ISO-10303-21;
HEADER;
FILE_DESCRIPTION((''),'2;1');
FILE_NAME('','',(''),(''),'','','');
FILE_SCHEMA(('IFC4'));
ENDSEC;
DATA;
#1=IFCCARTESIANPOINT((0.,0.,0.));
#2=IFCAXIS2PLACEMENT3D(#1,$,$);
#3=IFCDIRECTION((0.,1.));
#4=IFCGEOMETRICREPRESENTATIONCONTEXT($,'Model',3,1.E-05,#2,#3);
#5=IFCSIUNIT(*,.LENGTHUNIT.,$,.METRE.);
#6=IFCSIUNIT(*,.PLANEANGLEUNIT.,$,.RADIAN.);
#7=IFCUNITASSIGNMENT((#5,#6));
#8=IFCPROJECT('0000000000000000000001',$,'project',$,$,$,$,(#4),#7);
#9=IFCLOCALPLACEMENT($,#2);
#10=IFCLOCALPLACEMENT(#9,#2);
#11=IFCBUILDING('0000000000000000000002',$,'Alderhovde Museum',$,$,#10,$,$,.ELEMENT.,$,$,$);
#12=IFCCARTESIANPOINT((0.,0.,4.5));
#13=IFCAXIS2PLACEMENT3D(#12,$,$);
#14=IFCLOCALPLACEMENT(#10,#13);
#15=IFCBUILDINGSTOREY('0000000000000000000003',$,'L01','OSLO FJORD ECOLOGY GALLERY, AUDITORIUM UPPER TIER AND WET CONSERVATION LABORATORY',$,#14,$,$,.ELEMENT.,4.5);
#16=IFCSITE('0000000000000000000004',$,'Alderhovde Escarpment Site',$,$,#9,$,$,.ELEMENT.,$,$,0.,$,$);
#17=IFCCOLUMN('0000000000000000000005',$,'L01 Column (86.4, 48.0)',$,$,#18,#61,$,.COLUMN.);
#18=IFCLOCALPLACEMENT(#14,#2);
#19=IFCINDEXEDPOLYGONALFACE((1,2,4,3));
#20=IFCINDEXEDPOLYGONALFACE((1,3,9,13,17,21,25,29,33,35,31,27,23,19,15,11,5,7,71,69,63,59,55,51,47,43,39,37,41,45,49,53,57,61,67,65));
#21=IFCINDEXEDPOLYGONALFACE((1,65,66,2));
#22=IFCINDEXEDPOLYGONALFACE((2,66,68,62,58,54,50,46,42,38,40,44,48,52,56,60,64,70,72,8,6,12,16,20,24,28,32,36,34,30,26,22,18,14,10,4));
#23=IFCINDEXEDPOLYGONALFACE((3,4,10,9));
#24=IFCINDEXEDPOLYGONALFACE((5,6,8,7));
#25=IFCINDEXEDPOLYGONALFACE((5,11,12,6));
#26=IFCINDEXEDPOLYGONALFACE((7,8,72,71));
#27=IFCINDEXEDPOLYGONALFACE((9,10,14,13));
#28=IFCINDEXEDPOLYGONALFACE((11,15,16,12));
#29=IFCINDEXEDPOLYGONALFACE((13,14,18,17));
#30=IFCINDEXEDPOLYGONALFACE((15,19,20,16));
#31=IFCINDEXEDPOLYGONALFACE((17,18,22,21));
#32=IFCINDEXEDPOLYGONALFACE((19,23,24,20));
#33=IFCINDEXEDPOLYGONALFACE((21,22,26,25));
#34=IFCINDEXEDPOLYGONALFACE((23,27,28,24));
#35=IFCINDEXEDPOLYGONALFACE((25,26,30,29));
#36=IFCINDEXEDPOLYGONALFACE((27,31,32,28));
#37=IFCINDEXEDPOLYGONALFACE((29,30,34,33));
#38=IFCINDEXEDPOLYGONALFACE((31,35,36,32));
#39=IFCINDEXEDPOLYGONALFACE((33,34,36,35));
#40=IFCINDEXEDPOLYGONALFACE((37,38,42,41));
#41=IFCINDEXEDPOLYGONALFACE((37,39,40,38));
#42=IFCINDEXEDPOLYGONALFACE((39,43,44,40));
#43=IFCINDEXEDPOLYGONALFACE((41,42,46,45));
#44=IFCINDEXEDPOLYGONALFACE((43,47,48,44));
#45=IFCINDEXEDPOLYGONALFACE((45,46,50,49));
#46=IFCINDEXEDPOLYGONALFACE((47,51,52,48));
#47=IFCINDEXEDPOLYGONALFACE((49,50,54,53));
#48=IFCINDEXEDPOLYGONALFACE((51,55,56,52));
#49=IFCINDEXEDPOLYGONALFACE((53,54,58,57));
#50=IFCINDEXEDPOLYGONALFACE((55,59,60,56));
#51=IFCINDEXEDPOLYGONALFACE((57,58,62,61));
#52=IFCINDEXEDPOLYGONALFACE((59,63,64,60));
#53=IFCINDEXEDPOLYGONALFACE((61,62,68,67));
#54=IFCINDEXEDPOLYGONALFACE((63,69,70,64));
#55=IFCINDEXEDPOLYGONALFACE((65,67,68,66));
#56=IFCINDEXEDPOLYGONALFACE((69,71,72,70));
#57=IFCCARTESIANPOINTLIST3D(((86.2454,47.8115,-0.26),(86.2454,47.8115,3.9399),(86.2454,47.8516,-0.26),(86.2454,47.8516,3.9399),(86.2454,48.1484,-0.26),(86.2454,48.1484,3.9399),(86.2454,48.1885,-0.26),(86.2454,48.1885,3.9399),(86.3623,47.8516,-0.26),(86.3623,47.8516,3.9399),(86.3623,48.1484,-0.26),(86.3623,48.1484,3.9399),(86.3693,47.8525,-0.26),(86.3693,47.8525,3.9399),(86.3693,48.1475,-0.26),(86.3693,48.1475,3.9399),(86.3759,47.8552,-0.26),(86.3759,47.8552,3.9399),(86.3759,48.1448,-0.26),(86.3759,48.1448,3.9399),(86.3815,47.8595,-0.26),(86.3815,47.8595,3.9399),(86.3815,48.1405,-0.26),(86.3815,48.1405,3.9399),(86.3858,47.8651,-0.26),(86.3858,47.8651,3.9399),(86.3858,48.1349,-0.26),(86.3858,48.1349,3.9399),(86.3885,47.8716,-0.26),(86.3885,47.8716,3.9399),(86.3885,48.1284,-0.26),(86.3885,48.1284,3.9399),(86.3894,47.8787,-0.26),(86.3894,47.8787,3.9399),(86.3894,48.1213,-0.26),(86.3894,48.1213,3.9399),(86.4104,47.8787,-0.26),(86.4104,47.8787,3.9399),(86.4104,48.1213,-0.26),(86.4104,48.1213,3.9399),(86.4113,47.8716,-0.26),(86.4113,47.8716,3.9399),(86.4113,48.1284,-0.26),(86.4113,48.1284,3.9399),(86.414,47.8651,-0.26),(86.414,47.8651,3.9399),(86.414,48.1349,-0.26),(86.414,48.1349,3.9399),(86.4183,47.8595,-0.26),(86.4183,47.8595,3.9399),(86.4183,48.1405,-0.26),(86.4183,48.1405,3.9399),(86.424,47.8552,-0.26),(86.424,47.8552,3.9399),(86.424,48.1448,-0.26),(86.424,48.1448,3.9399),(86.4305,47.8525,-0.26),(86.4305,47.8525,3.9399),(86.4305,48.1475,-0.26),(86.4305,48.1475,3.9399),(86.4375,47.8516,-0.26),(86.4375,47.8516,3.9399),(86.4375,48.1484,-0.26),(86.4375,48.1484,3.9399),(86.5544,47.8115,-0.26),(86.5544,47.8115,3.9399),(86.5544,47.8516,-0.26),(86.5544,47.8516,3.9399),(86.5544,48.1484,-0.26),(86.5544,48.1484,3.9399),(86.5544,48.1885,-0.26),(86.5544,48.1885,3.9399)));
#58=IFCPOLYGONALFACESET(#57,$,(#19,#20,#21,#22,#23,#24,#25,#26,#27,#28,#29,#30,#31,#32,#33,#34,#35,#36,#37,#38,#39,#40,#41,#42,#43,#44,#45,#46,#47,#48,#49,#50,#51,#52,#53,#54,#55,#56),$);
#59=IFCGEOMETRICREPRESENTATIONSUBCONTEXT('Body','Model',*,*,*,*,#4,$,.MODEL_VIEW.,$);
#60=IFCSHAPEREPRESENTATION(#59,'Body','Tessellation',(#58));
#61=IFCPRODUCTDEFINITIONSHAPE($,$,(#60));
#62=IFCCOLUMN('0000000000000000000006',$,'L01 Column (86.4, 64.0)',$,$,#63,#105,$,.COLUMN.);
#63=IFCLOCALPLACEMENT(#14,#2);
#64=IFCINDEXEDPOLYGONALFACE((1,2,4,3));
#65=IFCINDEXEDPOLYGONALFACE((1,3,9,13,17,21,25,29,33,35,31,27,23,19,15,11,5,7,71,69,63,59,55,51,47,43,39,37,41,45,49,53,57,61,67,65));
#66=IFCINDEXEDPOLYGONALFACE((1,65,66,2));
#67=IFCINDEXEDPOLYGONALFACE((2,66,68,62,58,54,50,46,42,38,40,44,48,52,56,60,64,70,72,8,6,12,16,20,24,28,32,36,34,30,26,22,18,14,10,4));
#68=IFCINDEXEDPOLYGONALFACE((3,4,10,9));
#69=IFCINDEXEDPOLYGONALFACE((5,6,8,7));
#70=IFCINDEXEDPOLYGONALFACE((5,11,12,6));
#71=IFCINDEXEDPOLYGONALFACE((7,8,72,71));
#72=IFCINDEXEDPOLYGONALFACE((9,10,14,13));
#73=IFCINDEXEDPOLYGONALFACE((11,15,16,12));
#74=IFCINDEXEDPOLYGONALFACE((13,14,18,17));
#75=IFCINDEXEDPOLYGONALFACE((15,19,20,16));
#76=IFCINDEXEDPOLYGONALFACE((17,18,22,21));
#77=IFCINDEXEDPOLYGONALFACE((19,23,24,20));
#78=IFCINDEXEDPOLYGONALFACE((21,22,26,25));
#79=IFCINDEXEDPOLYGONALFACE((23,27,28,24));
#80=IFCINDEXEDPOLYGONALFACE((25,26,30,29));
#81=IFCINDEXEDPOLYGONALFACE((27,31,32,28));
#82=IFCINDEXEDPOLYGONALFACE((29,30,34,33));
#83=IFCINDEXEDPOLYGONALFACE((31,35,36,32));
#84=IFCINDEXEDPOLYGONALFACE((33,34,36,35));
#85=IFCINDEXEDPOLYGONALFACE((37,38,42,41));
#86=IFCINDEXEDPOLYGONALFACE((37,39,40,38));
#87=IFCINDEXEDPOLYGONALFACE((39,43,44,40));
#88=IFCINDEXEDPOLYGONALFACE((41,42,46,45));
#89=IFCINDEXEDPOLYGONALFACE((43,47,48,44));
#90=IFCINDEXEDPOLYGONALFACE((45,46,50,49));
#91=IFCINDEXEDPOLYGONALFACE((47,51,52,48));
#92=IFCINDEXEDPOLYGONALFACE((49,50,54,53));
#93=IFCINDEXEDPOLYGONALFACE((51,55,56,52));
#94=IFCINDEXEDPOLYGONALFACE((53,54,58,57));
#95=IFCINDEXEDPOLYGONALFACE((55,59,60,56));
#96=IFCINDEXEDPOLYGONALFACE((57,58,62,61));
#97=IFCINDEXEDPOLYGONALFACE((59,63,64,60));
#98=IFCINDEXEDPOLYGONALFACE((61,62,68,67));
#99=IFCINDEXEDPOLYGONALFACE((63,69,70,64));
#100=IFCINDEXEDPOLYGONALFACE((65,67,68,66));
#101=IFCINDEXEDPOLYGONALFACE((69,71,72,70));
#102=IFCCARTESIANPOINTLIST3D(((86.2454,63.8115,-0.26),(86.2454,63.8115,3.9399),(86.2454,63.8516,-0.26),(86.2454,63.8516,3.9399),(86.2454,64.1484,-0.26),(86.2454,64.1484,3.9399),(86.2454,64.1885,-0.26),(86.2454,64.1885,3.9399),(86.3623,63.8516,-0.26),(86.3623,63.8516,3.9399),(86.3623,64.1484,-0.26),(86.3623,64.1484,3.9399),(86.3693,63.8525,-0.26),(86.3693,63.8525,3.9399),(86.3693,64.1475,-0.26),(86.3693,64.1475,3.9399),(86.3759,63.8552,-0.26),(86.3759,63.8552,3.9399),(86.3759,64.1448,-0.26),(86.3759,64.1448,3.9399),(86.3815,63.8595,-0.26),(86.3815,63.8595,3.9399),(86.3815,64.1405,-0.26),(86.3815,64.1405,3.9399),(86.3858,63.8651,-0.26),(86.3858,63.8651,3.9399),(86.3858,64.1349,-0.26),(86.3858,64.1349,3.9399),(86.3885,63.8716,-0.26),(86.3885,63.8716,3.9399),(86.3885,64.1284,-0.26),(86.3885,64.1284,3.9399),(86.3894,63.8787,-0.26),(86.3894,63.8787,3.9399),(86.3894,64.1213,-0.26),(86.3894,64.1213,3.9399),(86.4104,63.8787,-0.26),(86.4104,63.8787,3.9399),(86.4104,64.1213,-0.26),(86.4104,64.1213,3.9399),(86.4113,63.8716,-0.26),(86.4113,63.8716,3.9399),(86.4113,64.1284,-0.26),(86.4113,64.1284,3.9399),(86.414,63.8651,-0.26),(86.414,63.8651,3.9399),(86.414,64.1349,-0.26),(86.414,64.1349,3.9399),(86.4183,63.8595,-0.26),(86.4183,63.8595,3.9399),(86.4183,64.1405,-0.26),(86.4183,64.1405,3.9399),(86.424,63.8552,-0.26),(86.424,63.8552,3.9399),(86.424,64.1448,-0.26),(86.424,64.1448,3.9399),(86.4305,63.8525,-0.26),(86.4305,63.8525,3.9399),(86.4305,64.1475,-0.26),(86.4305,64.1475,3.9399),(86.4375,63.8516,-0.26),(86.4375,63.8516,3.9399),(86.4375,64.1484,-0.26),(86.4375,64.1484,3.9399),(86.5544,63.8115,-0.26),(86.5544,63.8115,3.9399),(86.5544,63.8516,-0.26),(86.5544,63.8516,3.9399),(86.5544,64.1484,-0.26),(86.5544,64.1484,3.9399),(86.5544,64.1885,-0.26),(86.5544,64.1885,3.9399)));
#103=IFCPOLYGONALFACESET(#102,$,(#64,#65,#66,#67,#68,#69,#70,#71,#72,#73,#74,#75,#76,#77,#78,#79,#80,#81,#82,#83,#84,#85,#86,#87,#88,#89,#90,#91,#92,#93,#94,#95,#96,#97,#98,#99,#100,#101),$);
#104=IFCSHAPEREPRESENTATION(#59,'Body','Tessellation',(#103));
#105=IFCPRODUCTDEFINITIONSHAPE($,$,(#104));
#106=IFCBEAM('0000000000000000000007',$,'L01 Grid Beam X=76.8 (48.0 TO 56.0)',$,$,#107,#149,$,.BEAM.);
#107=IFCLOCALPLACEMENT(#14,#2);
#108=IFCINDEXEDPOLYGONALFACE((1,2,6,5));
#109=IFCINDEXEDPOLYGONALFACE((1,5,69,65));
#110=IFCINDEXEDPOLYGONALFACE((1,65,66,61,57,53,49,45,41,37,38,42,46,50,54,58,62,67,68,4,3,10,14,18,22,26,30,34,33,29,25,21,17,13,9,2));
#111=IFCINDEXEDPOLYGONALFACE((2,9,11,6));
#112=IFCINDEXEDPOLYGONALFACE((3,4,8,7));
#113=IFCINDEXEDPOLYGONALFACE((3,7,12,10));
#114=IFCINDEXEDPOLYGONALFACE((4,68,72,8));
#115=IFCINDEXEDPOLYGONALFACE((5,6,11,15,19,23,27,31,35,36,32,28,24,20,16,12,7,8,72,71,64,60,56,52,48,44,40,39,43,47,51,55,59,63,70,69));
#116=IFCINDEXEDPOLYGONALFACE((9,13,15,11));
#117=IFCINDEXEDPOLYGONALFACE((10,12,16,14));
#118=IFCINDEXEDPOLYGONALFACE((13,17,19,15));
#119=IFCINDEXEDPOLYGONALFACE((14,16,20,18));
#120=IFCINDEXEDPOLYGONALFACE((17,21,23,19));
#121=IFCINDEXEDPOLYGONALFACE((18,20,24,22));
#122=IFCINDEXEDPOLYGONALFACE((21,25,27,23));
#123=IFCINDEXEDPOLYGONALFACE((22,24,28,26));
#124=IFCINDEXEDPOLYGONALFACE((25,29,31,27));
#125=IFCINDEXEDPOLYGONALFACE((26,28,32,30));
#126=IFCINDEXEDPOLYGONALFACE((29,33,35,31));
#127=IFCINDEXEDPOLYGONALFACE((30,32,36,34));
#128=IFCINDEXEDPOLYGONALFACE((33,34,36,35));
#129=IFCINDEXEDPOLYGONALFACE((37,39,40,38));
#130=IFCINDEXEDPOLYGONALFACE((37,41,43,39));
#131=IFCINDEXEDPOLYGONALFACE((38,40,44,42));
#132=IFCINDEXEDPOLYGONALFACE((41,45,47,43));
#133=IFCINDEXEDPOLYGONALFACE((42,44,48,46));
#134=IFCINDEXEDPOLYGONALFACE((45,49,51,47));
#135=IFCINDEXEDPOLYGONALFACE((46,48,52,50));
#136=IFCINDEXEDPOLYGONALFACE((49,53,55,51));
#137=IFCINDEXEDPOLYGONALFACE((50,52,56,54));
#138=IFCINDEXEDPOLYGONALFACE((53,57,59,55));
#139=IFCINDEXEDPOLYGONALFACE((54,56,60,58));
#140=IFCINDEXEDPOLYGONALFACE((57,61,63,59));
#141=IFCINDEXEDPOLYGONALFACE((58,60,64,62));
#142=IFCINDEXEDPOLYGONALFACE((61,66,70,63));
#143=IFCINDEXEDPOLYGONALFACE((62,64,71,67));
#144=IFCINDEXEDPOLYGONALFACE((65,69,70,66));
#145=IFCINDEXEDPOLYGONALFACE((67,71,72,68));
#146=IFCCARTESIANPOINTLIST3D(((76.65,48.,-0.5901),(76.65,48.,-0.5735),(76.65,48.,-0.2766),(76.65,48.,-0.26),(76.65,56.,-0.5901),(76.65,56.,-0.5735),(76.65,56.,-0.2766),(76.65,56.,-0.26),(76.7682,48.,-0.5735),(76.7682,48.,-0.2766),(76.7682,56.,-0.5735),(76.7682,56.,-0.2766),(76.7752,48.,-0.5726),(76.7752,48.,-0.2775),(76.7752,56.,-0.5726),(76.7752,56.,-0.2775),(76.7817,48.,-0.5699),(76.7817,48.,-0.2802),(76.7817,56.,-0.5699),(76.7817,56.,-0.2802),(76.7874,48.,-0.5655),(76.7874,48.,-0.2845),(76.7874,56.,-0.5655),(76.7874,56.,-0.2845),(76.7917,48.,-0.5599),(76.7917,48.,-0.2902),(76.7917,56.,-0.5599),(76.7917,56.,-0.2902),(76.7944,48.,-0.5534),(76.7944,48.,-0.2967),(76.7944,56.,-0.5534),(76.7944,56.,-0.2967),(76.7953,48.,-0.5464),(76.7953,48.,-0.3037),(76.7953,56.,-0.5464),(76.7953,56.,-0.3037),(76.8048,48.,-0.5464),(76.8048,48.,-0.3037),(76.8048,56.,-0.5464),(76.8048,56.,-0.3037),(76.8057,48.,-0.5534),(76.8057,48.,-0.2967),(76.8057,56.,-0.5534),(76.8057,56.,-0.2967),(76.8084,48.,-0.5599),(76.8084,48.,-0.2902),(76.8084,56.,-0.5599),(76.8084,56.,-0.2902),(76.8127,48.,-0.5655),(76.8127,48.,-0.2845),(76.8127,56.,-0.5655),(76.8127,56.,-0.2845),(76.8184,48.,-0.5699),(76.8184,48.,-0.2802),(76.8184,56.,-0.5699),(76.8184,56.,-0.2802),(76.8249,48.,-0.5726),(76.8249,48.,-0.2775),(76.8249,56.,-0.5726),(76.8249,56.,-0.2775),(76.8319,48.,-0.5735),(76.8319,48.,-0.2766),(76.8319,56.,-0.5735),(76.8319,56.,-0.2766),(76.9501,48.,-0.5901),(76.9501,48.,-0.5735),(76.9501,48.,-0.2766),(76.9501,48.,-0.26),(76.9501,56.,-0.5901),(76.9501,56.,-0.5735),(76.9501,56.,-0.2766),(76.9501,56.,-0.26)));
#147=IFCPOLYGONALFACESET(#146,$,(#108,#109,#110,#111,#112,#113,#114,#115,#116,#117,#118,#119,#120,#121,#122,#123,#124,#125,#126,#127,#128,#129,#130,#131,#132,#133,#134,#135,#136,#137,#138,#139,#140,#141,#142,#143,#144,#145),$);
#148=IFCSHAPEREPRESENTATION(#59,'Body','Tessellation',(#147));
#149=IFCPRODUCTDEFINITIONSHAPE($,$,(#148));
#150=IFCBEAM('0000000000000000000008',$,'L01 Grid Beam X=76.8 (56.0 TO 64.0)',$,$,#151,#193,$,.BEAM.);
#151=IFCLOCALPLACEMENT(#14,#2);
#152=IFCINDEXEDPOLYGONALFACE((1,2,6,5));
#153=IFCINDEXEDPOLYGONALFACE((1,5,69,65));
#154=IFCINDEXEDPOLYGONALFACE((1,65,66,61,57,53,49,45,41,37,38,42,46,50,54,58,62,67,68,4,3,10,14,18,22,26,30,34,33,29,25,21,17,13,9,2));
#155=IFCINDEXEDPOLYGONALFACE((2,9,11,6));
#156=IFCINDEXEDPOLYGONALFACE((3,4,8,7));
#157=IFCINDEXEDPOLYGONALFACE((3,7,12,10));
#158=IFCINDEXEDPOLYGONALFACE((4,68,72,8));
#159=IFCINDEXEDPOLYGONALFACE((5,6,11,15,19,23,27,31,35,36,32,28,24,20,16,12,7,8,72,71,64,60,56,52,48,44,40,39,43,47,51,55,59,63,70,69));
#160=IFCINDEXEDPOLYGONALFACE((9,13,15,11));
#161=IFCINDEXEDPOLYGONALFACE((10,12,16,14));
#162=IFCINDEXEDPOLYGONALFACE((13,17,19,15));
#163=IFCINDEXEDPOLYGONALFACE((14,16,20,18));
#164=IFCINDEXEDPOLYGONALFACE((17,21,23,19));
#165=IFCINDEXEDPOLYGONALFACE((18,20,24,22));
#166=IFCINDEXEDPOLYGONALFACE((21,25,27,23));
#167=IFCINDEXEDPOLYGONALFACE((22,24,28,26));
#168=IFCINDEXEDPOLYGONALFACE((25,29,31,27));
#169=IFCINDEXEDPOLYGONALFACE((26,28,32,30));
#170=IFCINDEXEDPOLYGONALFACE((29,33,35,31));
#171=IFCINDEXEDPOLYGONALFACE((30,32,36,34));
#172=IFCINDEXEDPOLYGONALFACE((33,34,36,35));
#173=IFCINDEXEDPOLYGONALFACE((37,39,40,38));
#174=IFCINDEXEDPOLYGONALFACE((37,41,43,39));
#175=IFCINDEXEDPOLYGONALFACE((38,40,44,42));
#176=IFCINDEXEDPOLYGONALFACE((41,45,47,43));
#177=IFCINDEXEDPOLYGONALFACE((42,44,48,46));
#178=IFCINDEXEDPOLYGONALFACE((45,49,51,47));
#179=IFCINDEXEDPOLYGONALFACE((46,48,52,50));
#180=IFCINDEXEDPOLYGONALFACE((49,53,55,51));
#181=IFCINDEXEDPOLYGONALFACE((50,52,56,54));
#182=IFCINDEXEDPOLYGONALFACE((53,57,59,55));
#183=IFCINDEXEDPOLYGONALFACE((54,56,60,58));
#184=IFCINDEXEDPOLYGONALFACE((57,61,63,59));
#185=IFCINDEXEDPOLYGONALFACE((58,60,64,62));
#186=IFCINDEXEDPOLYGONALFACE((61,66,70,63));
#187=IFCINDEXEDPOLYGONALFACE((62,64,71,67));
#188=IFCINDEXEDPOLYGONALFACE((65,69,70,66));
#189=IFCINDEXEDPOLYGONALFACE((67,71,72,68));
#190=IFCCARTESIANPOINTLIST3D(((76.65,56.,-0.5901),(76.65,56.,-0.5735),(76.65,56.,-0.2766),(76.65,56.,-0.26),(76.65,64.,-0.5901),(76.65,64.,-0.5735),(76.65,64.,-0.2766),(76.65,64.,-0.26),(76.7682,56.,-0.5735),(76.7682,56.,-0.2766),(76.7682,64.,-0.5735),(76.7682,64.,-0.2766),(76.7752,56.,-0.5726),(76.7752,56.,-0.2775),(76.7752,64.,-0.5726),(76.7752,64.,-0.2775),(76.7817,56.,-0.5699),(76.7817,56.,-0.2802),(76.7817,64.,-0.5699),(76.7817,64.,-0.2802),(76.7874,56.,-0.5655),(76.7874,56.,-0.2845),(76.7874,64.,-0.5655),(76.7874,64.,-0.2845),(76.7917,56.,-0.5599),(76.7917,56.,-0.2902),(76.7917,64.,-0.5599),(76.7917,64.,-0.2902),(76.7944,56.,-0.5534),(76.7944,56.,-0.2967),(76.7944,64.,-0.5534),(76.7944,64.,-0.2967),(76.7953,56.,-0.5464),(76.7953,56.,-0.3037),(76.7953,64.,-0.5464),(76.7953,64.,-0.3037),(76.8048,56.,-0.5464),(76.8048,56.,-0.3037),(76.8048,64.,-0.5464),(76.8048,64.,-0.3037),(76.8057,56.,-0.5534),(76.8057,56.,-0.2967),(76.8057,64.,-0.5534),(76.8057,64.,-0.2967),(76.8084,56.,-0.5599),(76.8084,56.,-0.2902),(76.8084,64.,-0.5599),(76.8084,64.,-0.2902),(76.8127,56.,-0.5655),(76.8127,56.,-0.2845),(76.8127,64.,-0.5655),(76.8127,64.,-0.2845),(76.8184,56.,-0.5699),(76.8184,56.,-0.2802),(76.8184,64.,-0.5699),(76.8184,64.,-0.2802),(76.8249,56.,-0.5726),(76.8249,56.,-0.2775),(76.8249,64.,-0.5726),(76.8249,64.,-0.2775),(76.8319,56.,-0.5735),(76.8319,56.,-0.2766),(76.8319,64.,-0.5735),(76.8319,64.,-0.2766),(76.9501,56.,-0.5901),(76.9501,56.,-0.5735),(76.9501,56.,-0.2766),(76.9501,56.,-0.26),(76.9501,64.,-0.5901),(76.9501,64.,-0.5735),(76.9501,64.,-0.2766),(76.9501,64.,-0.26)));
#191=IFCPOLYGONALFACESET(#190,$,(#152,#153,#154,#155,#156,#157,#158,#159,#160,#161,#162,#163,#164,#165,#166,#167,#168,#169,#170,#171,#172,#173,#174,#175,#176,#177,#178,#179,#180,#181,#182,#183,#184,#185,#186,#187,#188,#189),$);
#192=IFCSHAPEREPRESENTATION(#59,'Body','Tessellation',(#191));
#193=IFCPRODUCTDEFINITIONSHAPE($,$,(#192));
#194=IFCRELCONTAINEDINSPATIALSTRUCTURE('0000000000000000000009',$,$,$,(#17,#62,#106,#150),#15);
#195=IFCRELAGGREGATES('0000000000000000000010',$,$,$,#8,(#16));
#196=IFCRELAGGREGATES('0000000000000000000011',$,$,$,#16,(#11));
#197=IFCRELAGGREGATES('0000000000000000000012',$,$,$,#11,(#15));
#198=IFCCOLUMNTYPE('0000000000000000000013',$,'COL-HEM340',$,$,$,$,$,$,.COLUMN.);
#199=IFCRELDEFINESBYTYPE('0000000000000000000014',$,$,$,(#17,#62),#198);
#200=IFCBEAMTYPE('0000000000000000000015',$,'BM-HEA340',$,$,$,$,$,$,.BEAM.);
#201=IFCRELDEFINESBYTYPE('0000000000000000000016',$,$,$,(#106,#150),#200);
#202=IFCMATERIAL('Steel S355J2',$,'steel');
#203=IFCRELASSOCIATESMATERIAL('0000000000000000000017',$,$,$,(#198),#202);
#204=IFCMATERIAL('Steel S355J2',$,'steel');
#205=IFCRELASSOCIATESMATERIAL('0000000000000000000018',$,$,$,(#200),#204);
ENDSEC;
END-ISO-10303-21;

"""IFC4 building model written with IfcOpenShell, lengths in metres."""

from ifc_helpers import new_model, si_unit, direction, frame, origin, origin_2d, place, context, subcontext, project, spatial, i_section, extrude, material, material_profile, profile_set, type_object, element, save


model = new_model("IFC4")

# Units and contexts
model_context = context("Model", 3, precision=1e-05, world=origin(), true_north=direction((0.0, 1.0)))
body_context = subcontext(model_context, "Body", "Model", "MODEL_VIEW")
ifc_project = project(units=[si_unit("LENGTHUNIT", "METRE"), si_unit("PLANEANGLEUNIT", "RADIAN")], contexts=[model_context])

# Site, building, storey
site_placement = place(None, origin())
site = spatial("IfcSite", under=ifc_project, at=site_placement, Name="Alderhovde Escarpment Site", CompositionType="ELEMENT", RefElevation=0.0)
building_placement = place(site_placement, origin())
building = spatial("IfcBuilding", under=site, at=building_placement, Name="Alderhovde Museum", CompositionType="ELEMENT")
storey_placement = place(building_placement, frame((0.0, 0.0, 4.5)))
storey = spatial("IfcBuildingStorey", under=building, at=storey_placement, Name="L01", Description="OSLO FJORD ECOLOGY GALLERY, AUDITORIUM UPPER TIER AND WET CONSERVATION LABORATORY", CompositionType="ELEMENT", Elevation=4.5)

# Columns
ifc_material_1 = material(Name="Steel S355J2", Category="steel")
ifc_material_profile_1 = material_profile(ifc_material_1, i_section(OverallWidth=0.3091, OverallDepth=0.377, WebThickness=0.021, FlangeThickness=0.04, FilletRadius=0.0271, at=origin_2d()), Name="HEM 340")
ifc_profile_set_1 = profile_set([ifc_material_profile_1], Name="Steel S355J2")
column_type_1 = type_object("IfcColumnType", Name="COL-HEM340", PredefinedType="COLUMN", material=ifc_profile_set_1)
for number, where, z_axis, x_axis, name in (
    (1, (86.3999, 48.0, -0.26), (0.0, 0.0, 1.0), (1.0, 0.0, 0.0), "L01 Column (86.4, 48.0)"),
    (2, (86.3999, 64.0, -0.26), (0.0, 0.0, 1.0), (1.0, 0.0, 0.0), "L01 Column (86.4, 64.0)"),
):
    element("IfcColumn", number, at=place(storey_placement, frame(where, z_axis=z_axis, x_axis=x_axis)), inside=storey, type_object=column_type_1, Name=name, PredefinedType="COLUMN", context=body_context, shape_type="SweptSolid", body=[
        extrude(i_section(OverallWidth=0.3091, OverallDepth=0.377, WebThickness=0.021, FlangeThickness=0.04, FilletRadius=0.0271, at=origin_2d()), origin(), (0.0, 0.0, 1.0), 4.2),
    ])

# Beams
ifc_material_2 = material(Name="Steel S355J2", Category="steel")
ifc_material_profile_2 = material_profile(ifc_material_2, i_section(OverallWidth=0.3, OverallDepth=0.3301, WebThickness=0.0095, FlangeThickness=0.0166, FilletRadius=0.0271, at=origin_2d()), Name="HEA 340")
ifc_profile_set_2 = profile_set([ifc_material_profile_2], Name="Steel S355J2")
beam_type_1 = type_object("IfcBeamType", Name="BM-HEA340", PredefinedType="BEAM", material=ifc_profile_set_2)
for number, where, z_axis, x_axis, name in (
    (3, (76.8, 48.0, -0.425), (0.0, 1.0, 0.0), (-1.0, 0.0, 0.0), "L01 Grid Beam X=76.8 (48.0 TO 56.0)"),
    (4, (76.8, 56.0, -0.425), (0.0, 1.0, 0.0), (-1.0, 0.0, 0.0), "L01 Grid Beam X=76.8 (56.0 TO 64.0)"),
):
    element("IfcBeam", number, at=place(storey_placement, frame(where, z_axis=z_axis, x_axis=x_axis)), inside=storey, type_object=beam_type_1, Name=name, PredefinedType="BEAM", context=body_context, shape_type="SweptSolid", body=[
        extrude(i_section(OverallWidth=0.3, OverallDepth=0.3301, WebThickness=0.0095, FlangeThickness=0.0166, FilletRadius=0.0271, at=origin_2d()), origin(), (0.0, 0.0, 1.0), 8.0),
    ])

save(model, "model.ifc")
